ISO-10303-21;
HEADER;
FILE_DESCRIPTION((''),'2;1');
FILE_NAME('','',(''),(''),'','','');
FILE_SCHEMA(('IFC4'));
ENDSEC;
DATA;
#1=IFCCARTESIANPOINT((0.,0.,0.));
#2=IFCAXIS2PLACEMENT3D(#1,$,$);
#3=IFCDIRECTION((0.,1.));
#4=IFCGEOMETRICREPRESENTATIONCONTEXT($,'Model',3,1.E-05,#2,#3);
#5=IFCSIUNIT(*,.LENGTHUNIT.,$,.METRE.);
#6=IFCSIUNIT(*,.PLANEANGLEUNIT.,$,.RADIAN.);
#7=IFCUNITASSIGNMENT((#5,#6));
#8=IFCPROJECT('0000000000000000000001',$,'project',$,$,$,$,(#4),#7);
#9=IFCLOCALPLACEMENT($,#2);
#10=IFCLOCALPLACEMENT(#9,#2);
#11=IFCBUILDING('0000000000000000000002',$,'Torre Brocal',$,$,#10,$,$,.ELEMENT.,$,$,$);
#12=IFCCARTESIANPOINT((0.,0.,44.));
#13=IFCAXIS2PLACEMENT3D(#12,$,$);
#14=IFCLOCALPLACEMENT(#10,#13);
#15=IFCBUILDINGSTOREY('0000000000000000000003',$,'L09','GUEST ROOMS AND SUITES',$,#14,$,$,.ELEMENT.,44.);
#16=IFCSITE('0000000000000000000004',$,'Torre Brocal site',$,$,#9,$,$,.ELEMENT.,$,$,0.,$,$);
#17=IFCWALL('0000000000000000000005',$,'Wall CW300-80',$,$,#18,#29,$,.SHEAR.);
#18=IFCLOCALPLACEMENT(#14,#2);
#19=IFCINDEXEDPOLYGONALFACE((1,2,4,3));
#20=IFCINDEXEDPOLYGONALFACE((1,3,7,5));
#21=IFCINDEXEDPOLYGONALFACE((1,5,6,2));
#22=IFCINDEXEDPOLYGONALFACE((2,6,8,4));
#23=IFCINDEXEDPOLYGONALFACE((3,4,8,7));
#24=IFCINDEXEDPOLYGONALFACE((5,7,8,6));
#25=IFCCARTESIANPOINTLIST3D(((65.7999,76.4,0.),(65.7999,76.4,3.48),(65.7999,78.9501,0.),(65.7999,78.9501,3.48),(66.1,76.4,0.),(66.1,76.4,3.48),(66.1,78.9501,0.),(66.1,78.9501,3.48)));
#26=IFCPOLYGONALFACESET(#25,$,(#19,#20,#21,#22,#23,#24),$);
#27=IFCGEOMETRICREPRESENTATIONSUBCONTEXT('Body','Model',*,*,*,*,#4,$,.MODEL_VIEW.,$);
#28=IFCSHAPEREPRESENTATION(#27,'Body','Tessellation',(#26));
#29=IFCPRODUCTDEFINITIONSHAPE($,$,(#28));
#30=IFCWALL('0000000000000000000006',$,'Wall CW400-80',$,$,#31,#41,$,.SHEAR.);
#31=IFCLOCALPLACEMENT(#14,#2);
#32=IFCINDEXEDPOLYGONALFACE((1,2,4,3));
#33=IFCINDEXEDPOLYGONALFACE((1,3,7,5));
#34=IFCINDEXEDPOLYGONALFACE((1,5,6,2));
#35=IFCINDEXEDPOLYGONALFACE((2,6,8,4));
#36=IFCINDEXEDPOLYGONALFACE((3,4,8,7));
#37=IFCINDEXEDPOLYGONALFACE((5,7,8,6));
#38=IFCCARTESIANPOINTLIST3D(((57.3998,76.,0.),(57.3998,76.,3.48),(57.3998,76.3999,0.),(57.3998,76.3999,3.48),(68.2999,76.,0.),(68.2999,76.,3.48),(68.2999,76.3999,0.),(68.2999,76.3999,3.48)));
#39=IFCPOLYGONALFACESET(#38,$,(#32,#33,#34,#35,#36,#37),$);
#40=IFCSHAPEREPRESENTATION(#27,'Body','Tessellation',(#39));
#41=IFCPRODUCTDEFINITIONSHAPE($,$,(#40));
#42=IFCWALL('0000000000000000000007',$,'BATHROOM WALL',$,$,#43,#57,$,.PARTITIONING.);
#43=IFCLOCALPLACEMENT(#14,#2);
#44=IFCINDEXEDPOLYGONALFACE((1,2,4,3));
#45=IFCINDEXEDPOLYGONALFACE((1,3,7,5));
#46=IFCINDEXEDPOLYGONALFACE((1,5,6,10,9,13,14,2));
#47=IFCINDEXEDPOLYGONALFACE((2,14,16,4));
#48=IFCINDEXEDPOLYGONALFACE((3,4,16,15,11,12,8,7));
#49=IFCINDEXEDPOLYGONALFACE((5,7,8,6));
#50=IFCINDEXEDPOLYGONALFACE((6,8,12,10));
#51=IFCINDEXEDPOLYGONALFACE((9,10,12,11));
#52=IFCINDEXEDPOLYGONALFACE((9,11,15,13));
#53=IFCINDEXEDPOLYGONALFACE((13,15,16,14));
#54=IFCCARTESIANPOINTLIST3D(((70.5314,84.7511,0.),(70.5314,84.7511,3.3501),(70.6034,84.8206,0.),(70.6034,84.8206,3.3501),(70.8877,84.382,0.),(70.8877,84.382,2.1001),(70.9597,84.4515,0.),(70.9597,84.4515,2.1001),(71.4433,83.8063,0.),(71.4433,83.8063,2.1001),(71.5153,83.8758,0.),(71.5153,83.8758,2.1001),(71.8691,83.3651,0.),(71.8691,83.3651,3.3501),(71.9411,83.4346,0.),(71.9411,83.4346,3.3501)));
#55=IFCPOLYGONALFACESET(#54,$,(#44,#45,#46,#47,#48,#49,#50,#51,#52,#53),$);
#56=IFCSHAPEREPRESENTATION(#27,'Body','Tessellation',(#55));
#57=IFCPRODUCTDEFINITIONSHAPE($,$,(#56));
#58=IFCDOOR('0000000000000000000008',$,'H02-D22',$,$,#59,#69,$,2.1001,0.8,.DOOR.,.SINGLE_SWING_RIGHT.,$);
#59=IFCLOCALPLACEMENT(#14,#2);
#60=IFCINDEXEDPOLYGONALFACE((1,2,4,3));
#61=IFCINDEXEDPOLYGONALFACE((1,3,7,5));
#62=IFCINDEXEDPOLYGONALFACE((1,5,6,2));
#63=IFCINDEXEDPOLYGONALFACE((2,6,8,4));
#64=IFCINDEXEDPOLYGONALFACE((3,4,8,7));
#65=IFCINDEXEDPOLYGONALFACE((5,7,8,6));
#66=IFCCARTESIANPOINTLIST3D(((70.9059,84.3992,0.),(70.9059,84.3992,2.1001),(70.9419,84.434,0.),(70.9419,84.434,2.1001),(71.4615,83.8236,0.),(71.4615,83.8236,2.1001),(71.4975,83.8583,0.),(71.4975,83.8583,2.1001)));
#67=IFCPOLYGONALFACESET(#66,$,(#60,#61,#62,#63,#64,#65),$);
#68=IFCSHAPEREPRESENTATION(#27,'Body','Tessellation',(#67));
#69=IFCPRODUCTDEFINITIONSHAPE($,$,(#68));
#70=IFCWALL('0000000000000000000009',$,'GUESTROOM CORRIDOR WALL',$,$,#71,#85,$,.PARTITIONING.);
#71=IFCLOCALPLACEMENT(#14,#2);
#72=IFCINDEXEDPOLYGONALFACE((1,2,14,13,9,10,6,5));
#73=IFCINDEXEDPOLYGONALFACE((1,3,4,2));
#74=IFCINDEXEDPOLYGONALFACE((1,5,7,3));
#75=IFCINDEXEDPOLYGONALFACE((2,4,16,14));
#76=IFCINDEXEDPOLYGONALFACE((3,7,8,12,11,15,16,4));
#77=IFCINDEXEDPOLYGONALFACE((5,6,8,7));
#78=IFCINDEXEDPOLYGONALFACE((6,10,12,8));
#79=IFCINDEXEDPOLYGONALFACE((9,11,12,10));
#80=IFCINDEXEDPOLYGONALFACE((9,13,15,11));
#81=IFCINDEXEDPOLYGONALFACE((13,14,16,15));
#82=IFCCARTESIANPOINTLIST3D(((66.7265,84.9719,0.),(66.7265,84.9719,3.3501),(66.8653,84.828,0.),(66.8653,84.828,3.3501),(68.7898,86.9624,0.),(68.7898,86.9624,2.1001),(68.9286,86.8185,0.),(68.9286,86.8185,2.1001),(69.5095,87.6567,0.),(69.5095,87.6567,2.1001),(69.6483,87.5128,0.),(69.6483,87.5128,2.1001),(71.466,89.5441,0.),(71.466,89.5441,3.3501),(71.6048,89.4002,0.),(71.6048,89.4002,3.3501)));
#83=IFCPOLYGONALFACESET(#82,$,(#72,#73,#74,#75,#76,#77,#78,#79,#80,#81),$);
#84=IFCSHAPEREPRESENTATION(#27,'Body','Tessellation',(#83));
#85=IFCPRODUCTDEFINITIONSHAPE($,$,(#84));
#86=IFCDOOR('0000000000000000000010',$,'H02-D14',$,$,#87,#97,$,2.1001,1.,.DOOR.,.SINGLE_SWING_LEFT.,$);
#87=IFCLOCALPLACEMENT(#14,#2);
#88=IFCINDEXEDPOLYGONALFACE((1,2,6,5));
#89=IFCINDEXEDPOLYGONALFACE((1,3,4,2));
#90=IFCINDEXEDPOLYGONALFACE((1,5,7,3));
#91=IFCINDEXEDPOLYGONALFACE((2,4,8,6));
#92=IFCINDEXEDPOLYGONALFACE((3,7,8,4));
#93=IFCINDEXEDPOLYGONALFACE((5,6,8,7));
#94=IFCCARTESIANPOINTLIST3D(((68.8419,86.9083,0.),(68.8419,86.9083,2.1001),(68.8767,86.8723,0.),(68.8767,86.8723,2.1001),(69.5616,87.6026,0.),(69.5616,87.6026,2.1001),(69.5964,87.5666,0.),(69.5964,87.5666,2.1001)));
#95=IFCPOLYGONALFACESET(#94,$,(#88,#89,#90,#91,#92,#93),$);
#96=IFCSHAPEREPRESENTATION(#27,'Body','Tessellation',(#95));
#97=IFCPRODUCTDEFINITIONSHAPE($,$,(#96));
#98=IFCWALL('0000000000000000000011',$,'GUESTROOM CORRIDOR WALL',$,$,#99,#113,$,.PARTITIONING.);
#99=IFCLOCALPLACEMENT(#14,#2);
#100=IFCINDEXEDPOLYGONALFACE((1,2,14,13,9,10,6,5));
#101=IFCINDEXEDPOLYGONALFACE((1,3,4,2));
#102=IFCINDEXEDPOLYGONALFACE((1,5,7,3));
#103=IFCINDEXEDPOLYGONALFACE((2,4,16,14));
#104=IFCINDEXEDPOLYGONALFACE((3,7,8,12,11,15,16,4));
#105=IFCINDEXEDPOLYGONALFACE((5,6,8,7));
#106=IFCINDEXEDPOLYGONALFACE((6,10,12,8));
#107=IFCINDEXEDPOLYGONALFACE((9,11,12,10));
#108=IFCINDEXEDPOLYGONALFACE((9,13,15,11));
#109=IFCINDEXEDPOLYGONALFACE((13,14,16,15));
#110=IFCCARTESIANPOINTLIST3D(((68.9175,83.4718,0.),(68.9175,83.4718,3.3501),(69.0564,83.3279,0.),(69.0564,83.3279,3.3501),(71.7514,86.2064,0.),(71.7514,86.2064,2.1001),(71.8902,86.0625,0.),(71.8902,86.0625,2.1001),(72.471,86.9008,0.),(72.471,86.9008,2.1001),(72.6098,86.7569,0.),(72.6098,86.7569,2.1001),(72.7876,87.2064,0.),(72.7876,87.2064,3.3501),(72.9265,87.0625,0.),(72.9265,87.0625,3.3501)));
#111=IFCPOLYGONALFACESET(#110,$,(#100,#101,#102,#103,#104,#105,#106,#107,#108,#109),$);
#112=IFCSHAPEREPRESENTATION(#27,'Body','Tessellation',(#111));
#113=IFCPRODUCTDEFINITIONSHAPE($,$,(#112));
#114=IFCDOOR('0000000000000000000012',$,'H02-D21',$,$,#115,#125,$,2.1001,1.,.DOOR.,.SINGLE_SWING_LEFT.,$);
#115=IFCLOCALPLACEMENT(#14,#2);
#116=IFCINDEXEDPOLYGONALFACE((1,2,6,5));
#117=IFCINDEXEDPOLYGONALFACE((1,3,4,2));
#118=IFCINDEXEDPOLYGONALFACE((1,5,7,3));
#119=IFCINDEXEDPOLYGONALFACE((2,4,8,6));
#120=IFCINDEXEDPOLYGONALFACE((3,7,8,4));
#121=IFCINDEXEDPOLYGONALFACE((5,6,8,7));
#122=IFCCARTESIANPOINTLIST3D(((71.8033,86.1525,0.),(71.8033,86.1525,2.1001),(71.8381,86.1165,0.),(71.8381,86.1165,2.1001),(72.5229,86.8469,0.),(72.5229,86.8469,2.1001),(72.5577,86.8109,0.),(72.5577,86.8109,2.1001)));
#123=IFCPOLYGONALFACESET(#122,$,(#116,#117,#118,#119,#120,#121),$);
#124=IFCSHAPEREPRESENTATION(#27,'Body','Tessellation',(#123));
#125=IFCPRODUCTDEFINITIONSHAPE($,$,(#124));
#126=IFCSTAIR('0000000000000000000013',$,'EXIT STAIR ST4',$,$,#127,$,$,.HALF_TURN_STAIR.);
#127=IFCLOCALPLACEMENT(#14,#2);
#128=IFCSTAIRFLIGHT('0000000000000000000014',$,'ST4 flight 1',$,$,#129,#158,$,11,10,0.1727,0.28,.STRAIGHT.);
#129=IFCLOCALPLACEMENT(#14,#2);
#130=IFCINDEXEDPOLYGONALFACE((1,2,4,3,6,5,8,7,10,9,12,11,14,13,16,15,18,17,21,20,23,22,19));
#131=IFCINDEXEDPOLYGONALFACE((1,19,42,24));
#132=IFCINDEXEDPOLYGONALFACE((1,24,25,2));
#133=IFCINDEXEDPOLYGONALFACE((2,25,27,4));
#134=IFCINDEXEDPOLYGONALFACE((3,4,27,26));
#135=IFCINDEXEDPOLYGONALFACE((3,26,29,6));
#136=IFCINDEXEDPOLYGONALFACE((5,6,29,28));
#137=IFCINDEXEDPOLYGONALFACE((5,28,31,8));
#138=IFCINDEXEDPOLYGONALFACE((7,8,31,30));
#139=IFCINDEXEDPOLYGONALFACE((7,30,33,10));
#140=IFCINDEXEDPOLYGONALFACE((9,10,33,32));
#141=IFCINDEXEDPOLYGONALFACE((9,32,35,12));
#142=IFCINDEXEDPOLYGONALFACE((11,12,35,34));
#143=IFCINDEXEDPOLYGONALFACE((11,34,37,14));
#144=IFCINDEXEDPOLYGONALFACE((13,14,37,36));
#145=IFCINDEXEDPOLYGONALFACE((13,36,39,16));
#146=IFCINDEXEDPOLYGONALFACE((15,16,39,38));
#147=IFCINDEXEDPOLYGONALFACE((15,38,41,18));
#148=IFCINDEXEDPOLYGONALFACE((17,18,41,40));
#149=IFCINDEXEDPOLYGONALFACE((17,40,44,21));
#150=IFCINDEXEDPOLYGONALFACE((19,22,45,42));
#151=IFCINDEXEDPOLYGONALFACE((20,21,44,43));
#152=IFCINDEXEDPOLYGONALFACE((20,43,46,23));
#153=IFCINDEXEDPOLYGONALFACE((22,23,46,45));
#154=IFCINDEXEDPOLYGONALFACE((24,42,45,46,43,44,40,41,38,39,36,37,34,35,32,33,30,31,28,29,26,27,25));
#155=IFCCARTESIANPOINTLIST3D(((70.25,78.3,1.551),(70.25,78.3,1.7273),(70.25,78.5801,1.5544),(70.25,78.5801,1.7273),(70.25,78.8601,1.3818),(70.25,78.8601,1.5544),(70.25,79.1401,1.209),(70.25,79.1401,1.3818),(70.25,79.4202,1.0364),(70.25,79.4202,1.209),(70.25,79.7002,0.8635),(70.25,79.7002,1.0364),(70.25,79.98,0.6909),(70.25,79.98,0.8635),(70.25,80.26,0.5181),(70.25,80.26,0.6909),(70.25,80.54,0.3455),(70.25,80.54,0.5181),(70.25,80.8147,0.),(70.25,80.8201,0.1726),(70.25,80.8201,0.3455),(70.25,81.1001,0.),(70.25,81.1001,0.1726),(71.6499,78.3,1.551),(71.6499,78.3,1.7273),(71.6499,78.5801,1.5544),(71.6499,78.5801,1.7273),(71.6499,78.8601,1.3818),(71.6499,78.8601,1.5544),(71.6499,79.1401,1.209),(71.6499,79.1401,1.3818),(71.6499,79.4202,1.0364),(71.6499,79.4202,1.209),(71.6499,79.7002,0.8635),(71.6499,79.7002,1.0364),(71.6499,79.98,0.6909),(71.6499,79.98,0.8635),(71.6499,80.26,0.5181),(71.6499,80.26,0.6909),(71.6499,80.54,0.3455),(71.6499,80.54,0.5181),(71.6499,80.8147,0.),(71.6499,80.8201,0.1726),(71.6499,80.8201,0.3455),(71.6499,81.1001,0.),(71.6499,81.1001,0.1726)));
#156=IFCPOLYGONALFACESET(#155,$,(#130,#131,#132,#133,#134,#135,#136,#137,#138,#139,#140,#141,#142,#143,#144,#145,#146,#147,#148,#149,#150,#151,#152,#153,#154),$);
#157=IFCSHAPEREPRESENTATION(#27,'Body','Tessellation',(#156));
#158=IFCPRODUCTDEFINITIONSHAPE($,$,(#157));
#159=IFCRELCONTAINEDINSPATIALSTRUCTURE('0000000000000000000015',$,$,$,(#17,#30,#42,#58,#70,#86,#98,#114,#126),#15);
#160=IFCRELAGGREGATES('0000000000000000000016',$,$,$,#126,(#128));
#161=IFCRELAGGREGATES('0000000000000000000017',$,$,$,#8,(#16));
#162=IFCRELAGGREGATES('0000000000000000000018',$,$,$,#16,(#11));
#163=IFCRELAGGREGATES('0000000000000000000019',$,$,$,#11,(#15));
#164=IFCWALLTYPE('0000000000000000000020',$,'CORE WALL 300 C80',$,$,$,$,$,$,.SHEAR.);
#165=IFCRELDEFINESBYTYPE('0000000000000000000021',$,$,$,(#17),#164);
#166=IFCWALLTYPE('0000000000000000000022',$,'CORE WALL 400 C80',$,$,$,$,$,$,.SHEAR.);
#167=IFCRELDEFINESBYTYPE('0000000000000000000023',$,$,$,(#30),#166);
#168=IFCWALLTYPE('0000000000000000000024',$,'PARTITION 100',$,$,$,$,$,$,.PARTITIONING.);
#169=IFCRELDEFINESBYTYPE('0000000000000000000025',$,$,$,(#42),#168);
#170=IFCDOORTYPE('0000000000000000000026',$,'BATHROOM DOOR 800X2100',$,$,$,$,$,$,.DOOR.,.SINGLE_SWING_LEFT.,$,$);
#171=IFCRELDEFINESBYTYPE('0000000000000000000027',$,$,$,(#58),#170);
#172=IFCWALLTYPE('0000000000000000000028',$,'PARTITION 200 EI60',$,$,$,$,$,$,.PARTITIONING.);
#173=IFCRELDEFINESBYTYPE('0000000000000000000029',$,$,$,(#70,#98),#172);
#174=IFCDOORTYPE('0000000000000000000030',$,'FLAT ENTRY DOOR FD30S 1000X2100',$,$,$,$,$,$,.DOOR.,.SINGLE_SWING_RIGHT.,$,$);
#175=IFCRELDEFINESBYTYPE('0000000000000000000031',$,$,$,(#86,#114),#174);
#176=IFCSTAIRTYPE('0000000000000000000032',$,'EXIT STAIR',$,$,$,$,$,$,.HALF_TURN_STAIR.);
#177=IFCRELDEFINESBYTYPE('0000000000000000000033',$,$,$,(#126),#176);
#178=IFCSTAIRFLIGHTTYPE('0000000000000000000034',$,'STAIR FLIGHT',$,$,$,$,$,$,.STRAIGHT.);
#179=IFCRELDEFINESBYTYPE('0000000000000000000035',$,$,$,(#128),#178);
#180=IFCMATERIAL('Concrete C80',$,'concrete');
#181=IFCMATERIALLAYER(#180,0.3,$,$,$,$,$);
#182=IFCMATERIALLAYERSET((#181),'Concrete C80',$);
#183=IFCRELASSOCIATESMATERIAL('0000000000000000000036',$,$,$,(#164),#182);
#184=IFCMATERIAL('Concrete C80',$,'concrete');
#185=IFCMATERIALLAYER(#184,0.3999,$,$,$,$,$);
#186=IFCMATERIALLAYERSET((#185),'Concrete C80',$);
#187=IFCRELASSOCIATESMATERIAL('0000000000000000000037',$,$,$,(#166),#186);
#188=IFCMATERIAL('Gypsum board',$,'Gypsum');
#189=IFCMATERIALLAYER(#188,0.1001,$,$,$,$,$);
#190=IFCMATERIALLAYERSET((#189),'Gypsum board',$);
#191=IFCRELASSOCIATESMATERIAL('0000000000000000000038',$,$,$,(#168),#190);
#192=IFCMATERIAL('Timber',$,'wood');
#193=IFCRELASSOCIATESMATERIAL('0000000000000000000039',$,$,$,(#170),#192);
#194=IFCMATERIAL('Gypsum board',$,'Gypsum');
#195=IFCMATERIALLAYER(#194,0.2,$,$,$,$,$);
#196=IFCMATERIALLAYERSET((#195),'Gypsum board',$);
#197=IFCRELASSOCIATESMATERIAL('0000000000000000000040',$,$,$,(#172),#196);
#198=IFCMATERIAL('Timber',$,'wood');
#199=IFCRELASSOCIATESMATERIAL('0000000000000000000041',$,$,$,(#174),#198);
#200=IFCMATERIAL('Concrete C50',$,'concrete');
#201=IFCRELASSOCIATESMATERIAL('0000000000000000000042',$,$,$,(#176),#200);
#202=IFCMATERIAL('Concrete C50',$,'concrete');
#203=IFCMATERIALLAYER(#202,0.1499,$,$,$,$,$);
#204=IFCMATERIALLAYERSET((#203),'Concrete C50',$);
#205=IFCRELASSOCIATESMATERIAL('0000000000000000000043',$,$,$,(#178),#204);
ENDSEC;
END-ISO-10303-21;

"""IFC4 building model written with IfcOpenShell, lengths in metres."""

from ifc_helpers import new_model, si_unit, direction, frame, frame_2d, origin, place, context, subcontext, project, spatial, polyline, rectangle, outline, extrude, material, layer, layer_set, type_object, element, fill, aggregate, save


model = new_model("IFC4")

# Units and contexts
model_context = context("Model", 3, precision=1e-05, world=origin(), true_north=direction((0.0, 1.0)))
body_context = subcontext(model_context, "Body", "Model", "MODEL_VIEW")
ifc_project = project(units=[si_unit("LENGTHUNIT", "METRE"), si_unit("PLANEANGLEUNIT", "RADIAN")], contexts=[model_context])

# Site, building, storey
site_placement = place(None, origin())
site = spatial("IfcSite", under=ifc_project, at=site_placement, Name="Torre Brocal site", CompositionType="ELEMENT", RefElevation=0.0)
building_placement = place(site_placement, origin())
building = spatial("IfcBuilding", under=site, at=building_placement, Name="Torre Brocal", CompositionType="ELEMENT")
storey_placement = place(building_placement, frame((0.0, 0.0, 44.0)))
storey = spatial("IfcBuildingStorey", under=building, at=storey_placement, Name="L09", Description="GUEST ROOMS AND SUITES", CompositionType="ELEMENT", Elevation=44.0)

# Shared definitions
ifc_material_1 = material(Name="Concrete C80", Category="concrete")
ifc_layer_1 = layer(ifc_material_1, 0.3)
ifc_layer_set_1 = layer_set([ifc_layer_1], Name="Concrete C80")
wall_type_1 = type_object("IfcWallType", Name="CORE WALL 300 C80", PredefinedType="SHEAR", material=ifc_layer_set_1)

# Walls
wall_1_placement = place(storey_placement, frame((65.95, 78.95, 0.0), z_axis=(0.0, 0.0, 1.0), x_axis=(0.0, -1.0, 0.0)))
element("IfcWall", 1, at=wall_1_placement, inside=storey, type_object=wall_type_1, Name="Wall CW300-80", PredefinedType="SHEAR", context=body_context, shape_type="SweptSolid", body=[
    extrude(rectangle(XDim=2.55, YDim=0.3, at=frame_2d((1.2749, 0.0))), origin(), (0.0, 0.0, 1.0), 3.48),
])
ifc_material_2 = material(Name="Concrete C80", Category="concrete")
ifc_layer_2 = layer(ifc_material_2, 0.3999)
ifc_layer_set_2 = layer_set([ifc_layer_2], Name="Concrete C80")
wall_type_2 = type_object("IfcWallType", Name="CORE WALL 400 C80", PredefinedType="SHEAR", material=ifc_layer_set_2)
wall_2_placement = place(storey_placement, frame((68.3, 76.2, 0.0), z_axis=(0.0, 0.0, 1.0), x_axis=(-1.0, 0.0, 0.0)))
element("IfcWall", 2, at=wall_2_placement, inside=storey, type_object=wall_type_2, Name="Wall CW400-80", PredefinedType="SHEAR", context=body_context, shape_type="SweptSolid", body=[
    extrude(rectangle(XDim=10.9001, YDim=0.3999, at=frame_2d((5.4502, 0.0))), origin(), (0.0, 0.0, 1.0), 3.48),
])

# Walls, openings, doors
ifc_material_3 = material(Name="Gypsum board", Category="Gypsum")
ifc_layer_3 = layer(ifc_material_3, 0.1001)
ifc_layer_set_3 = layer_set([ifc_layer_3], Name="Gypsum board")
wall_type_3 = type_object("IfcWallType", Name="PARTITION 100", PredefinedType="PARTITIONING", material=ifc_layer_set_3)
wall_3_placement = place(storey_placement, frame((70.5674, 84.7859, 0.0), z_axis=(0.0, 0.0, 1.0), x_axis=(0.694447, -0.719543, 0.0)))
wall_3 = element("IfcWall", 3, at=wall_3_placement, inside=storey, type_object=wall_type_3, Name="BATHROOM WALL", PredefinedType="PARTITIONING", context=body_context, shape_type="SweptSolid", body=[
    extrude(rectangle(XDim=1.9263, YDim=0.1001, at=frame_2d((0.9631, 0.0))), origin(), (0.0, 0.0, 1.0), 3.3501),
])
opening_1_placement = place(wall_3_placement, frame((0.5132, 0.0, 0.0)))
opening_1 = element("IfcOpeningElement", 4, at=opening_1_placement, cuts=wall_3, PredefinedType="OPENING", context=body_context, shape_type="SweptSolid", body=[
    extrude(rectangle(XDim=0.8, YDim=2.1001, at=frame_2d((0.3999, 1.05))), frame((0.0, 0.0601, 0.0), z_axis=(0.0, -1.0, 0.0), x_axis=(1.0, 0.0, 0.0)), (0.0, 0.0, 1.0), 0.1201),
])
ifc_material_4 = material(Name="Timber", Category="wood")
door_type_1 = type_object("IfcDoorType", Name="BATHROOM DOOR 800X2100", OperationType="SINGLE_SWING_LEFT", PredefinedType="DOOR", material=ifc_material_4)
door_1_placement = place(opening_1_placement, frame((0.8, 0.0, 0.0), z_axis=(0.0, 0.0, 1.0), x_axis=(-1.0, 0.0, 0.0)))
door_1 = element("IfcDoor", 5, at=door_1_placement, inside=storey, type_object=door_type_1, Name="H02-D22", OperationType="SINGLE_SWING_RIGHT", OverallHeight=2.1001, OverallWidth=0.8, PredefinedType="DOOR", context=body_context, shape_type="SweptSolid", body=[
    extrude(rectangle(XDim=0.8, YDim=2.1001, at=frame_2d((0.3999, 1.05))), frame((0.0, 0.0249, 0.0), z_axis=(0.0, -1.0, 0.0), x_axis=(1.0, 0.0, 0.0)), (0.0, 0.0, 1.0), 0.05),
])
fill(opening_1, door_1)
ifc_material_5 = material(Name="Gypsum board", Category="Gypsum")
ifc_layer_4 = layer(ifc_material_5, 0.2)
ifc_layer_set_4 = layer_set([ifc_layer_4], Name="Gypsum board")
wall_type_4 = type_object("IfcWallType", Name="PARTITION 200 EI60", PredefinedType="PARTITIONING", material=ifc_layer_set_4)
wall_4_placement = place(storey_placement, frame((66.7959, 84.8999, 0.0), z_axis=(0.0, 0.0, 1.0), x_axis=(0.71969, 0.694295, 0.0)))
wall_4 = element("IfcWall", 6, at=wall_4_placement, inside=storey, type_object=wall_type_4, Name="GUESTROOM CORRIDOR WALL", PredefinedType="PARTITIONING", context=body_context, shape_type="SweptSolid", body=[
    extrude(rectangle(XDim=6.5854, YDim=0.2, at=frame_2d((3.2927, 0.0))), origin(), (0.0, 0.0, 1.0), 3.3501),
])
opening_2_placement = place(wall_4_placement, frame((2.8669, 0.0, 0.0)))
opening_2 = element("IfcOpeningElement", 7, at=opening_2_placement, cuts=wall_4, PredefinedType="OPENING", context=body_context, shape_type="SweptSolid", body=[
    extrude(rectangle(XDim=1.0, YDim=2.1001, at=frame_2d((0.5, 1.05))), frame((0.0, 0.1099, 0.0), z_axis=(0.0, -1.0, 0.0), x_axis=(1.0, 0.0, 0.0)), (0.0, 0.0, 1.0), 0.22),
])
ifc_material_6 = material(Name="Timber", Category="wood")
door_type_2 = type_object("IfcDoorType", Name="FLAT ENTRY DOOR FD30S 1000X2100", OperationType="SINGLE_SWING_RIGHT", PredefinedType="DOOR", material=ifc_material_6)
door_2_placement = place(opening_2_placement, origin())
door_2 = element("IfcDoor", 8, at=door_2_placement, inside=storey, type_object=door_type_2, Name="H02-D14", OperationType="SINGLE_SWING_LEFT", OverallHeight=2.1001, OverallWidth=1.0, PredefinedType="DOOR", context=body_context, shape_type="SweptSolid", body=[
    extrude(rectangle(XDim=1.0, YDim=2.1001, at=frame_2d((0.5, 1.05))), frame((0.0, 0.0249, 0.0), z_axis=(0.0, -1.0, 0.0), x_axis=(1.0, 0.0, 0.0)), (0.0, 0.0, 1.0), 0.05),
])
fill(opening_2, door_2)
wall_5_placement = place(storey_placement, frame((68.9871, 83.3999, 0.0), z_axis=(0.0, 0.0, 1.0), x_axis=(0.719592, 0.694398, 0.0)))
wall_5 = element("IfcWall", 9, at=wall_5_placement, inside=storey, type_object=wall_type_4, Name="GUESTROOM CORRIDOR WALL", PredefinedType="PARTITIONING", context=body_context, shape_type="SweptSolid", body=[
    extrude(rectangle(XDim=5.3782, YDim=0.2, at=frame_2d((2.689, 0.0))), origin(), (0.0, 0.0, 1.0), 3.3501),
])
opening_3_placement = place(wall_5_placement, frame((3.938, 0.0, 0.0)))
opening_3 = element("IfcOpeningElement", 10, at=opening_3_placement, cuts=wall_5, PredefinedType="OPENING", context=body_context, shape_type="SweptSolid", body=[
    extrude(rectangle(XDim=1.0, YDim=2.1001, at=frame_2d((0.5, 1.05))), frame((0.0, 0.1099, 0.0), z_axis=(0.0, -1.0, 0.0), x_axis=(1.0, 0.0, 0.0)), (0.0, 0.0, 1.0), 0.22),
])
door_3_placement = place(opening_3_placement, frame((1.0, 0.0, 0.0), z_axis=(0.0, 0.0, 1.0), x_axis=(-1.0, 0.0, 0.0)))
door_3 = element("IfcDoor", 11, at=door_3_placement, inside=storey, type_object=door_type_2, Name="H02-D21", OperationType="SINGLE_SWING_LEFT", OverallHeight=2.1001, OverallWidth=1.0, PredefinedType="DOOR", context=body_context, shape_type="SweptSolid", body=[
    extrude(rectangle(XDim=1.0, YDim=2.1001, at=frame_2d((0.5, 1.05))), frame((0.0, 0.0249, 0.0), z_axis=(0.0, -1.0, 0.0), x_axis=(1.0, 0.0, 0.0)), (0.0, 0.0, 1.0), 0.05),
])
fill(opening_3, door_3)

# Stair, stair flight
ifc_material_7 = material(Name="Concrete C50", Category="concrete")
stair_type = type_object("IfcStairType", Name="EXIT STAIR", PredefinedType="HALF_TURN_STAIR", material=ifc_material_7)
stair_placement = place(storey_placement, origin())
stair = element("IfcStair", 12, at=stair_placement, inside=storey, type_object=stair_type, Name="EXIT STAIR ST4", PredefinedType="HALF_TURN_STAIR")
ifc_material_8 = material(Name="Concrete C50", Category="concrete")
ifc_layer_5 = layer(ifc_material_8, 0.1499)
ifc_layer_set_5 = layer_set([ifc_layer_5], Name="Concrete C50")
stair_flight_type = type_object("IfcStairFlightType", Name="STAIR FLIGHT", PredefinedType="STRAIGHT", material=ifc_layer_set_5)
stair_flight_1_placement = place(storey_placement, frame((70.95, 81.1001, 0.0), z_axis=(0.0, 0.0, 1.0), x_axis=(0.0, -1.0, 0.0)))
stair_flight_1 = element("IfcStairFlight", 13, at=stair_flight_1_placement, type_object=stair_flight_type, Name="ST4 flight 1", NumberOfRisers=11, NumberOfTreads=10, PredefinedType="STRAIGHT", RiserHeight=0.1727, TreadLength=0.28, context=body_context, shape_type="SweptSolid", body=[
    extrude(outline(polyline([(0.0, 0.0), (0.0, 0.1726), (0.28, 0.1726), (0.28, 0.3455), (0.5601, 0.3455), (0.5601, 0.5181), (0.8401, 0.5181), (0.8401, 0.6909), (1.1201, 0.6909), (1.1201, 0.8635), (1.3999, 0.8635), (1.3999, 1.0364), (1.6799, 1.0364), (1.6799, 1.209), (1.96, 1.209), (1.96, 1.3818), (2.24, 1.3818), (2.24, 1.5544), (2.52, 1.5544), (2.52, 1.7273), (2.8, 1.7273), (2.8, 1.8999), (2.8, 1.551), (0.2854, 0.0), (0.0, 0.0)])), frame((0.0, 0.7, 0.0), z_axis=(0.0, -1.0, 0.0), x_axis=(1.0, 0.0, 0.0)), (0.0, 0.0, 1.0), 1.3999),
])
aggregate(stair, [stair_flight_1])

save(model, "model.ifc")
